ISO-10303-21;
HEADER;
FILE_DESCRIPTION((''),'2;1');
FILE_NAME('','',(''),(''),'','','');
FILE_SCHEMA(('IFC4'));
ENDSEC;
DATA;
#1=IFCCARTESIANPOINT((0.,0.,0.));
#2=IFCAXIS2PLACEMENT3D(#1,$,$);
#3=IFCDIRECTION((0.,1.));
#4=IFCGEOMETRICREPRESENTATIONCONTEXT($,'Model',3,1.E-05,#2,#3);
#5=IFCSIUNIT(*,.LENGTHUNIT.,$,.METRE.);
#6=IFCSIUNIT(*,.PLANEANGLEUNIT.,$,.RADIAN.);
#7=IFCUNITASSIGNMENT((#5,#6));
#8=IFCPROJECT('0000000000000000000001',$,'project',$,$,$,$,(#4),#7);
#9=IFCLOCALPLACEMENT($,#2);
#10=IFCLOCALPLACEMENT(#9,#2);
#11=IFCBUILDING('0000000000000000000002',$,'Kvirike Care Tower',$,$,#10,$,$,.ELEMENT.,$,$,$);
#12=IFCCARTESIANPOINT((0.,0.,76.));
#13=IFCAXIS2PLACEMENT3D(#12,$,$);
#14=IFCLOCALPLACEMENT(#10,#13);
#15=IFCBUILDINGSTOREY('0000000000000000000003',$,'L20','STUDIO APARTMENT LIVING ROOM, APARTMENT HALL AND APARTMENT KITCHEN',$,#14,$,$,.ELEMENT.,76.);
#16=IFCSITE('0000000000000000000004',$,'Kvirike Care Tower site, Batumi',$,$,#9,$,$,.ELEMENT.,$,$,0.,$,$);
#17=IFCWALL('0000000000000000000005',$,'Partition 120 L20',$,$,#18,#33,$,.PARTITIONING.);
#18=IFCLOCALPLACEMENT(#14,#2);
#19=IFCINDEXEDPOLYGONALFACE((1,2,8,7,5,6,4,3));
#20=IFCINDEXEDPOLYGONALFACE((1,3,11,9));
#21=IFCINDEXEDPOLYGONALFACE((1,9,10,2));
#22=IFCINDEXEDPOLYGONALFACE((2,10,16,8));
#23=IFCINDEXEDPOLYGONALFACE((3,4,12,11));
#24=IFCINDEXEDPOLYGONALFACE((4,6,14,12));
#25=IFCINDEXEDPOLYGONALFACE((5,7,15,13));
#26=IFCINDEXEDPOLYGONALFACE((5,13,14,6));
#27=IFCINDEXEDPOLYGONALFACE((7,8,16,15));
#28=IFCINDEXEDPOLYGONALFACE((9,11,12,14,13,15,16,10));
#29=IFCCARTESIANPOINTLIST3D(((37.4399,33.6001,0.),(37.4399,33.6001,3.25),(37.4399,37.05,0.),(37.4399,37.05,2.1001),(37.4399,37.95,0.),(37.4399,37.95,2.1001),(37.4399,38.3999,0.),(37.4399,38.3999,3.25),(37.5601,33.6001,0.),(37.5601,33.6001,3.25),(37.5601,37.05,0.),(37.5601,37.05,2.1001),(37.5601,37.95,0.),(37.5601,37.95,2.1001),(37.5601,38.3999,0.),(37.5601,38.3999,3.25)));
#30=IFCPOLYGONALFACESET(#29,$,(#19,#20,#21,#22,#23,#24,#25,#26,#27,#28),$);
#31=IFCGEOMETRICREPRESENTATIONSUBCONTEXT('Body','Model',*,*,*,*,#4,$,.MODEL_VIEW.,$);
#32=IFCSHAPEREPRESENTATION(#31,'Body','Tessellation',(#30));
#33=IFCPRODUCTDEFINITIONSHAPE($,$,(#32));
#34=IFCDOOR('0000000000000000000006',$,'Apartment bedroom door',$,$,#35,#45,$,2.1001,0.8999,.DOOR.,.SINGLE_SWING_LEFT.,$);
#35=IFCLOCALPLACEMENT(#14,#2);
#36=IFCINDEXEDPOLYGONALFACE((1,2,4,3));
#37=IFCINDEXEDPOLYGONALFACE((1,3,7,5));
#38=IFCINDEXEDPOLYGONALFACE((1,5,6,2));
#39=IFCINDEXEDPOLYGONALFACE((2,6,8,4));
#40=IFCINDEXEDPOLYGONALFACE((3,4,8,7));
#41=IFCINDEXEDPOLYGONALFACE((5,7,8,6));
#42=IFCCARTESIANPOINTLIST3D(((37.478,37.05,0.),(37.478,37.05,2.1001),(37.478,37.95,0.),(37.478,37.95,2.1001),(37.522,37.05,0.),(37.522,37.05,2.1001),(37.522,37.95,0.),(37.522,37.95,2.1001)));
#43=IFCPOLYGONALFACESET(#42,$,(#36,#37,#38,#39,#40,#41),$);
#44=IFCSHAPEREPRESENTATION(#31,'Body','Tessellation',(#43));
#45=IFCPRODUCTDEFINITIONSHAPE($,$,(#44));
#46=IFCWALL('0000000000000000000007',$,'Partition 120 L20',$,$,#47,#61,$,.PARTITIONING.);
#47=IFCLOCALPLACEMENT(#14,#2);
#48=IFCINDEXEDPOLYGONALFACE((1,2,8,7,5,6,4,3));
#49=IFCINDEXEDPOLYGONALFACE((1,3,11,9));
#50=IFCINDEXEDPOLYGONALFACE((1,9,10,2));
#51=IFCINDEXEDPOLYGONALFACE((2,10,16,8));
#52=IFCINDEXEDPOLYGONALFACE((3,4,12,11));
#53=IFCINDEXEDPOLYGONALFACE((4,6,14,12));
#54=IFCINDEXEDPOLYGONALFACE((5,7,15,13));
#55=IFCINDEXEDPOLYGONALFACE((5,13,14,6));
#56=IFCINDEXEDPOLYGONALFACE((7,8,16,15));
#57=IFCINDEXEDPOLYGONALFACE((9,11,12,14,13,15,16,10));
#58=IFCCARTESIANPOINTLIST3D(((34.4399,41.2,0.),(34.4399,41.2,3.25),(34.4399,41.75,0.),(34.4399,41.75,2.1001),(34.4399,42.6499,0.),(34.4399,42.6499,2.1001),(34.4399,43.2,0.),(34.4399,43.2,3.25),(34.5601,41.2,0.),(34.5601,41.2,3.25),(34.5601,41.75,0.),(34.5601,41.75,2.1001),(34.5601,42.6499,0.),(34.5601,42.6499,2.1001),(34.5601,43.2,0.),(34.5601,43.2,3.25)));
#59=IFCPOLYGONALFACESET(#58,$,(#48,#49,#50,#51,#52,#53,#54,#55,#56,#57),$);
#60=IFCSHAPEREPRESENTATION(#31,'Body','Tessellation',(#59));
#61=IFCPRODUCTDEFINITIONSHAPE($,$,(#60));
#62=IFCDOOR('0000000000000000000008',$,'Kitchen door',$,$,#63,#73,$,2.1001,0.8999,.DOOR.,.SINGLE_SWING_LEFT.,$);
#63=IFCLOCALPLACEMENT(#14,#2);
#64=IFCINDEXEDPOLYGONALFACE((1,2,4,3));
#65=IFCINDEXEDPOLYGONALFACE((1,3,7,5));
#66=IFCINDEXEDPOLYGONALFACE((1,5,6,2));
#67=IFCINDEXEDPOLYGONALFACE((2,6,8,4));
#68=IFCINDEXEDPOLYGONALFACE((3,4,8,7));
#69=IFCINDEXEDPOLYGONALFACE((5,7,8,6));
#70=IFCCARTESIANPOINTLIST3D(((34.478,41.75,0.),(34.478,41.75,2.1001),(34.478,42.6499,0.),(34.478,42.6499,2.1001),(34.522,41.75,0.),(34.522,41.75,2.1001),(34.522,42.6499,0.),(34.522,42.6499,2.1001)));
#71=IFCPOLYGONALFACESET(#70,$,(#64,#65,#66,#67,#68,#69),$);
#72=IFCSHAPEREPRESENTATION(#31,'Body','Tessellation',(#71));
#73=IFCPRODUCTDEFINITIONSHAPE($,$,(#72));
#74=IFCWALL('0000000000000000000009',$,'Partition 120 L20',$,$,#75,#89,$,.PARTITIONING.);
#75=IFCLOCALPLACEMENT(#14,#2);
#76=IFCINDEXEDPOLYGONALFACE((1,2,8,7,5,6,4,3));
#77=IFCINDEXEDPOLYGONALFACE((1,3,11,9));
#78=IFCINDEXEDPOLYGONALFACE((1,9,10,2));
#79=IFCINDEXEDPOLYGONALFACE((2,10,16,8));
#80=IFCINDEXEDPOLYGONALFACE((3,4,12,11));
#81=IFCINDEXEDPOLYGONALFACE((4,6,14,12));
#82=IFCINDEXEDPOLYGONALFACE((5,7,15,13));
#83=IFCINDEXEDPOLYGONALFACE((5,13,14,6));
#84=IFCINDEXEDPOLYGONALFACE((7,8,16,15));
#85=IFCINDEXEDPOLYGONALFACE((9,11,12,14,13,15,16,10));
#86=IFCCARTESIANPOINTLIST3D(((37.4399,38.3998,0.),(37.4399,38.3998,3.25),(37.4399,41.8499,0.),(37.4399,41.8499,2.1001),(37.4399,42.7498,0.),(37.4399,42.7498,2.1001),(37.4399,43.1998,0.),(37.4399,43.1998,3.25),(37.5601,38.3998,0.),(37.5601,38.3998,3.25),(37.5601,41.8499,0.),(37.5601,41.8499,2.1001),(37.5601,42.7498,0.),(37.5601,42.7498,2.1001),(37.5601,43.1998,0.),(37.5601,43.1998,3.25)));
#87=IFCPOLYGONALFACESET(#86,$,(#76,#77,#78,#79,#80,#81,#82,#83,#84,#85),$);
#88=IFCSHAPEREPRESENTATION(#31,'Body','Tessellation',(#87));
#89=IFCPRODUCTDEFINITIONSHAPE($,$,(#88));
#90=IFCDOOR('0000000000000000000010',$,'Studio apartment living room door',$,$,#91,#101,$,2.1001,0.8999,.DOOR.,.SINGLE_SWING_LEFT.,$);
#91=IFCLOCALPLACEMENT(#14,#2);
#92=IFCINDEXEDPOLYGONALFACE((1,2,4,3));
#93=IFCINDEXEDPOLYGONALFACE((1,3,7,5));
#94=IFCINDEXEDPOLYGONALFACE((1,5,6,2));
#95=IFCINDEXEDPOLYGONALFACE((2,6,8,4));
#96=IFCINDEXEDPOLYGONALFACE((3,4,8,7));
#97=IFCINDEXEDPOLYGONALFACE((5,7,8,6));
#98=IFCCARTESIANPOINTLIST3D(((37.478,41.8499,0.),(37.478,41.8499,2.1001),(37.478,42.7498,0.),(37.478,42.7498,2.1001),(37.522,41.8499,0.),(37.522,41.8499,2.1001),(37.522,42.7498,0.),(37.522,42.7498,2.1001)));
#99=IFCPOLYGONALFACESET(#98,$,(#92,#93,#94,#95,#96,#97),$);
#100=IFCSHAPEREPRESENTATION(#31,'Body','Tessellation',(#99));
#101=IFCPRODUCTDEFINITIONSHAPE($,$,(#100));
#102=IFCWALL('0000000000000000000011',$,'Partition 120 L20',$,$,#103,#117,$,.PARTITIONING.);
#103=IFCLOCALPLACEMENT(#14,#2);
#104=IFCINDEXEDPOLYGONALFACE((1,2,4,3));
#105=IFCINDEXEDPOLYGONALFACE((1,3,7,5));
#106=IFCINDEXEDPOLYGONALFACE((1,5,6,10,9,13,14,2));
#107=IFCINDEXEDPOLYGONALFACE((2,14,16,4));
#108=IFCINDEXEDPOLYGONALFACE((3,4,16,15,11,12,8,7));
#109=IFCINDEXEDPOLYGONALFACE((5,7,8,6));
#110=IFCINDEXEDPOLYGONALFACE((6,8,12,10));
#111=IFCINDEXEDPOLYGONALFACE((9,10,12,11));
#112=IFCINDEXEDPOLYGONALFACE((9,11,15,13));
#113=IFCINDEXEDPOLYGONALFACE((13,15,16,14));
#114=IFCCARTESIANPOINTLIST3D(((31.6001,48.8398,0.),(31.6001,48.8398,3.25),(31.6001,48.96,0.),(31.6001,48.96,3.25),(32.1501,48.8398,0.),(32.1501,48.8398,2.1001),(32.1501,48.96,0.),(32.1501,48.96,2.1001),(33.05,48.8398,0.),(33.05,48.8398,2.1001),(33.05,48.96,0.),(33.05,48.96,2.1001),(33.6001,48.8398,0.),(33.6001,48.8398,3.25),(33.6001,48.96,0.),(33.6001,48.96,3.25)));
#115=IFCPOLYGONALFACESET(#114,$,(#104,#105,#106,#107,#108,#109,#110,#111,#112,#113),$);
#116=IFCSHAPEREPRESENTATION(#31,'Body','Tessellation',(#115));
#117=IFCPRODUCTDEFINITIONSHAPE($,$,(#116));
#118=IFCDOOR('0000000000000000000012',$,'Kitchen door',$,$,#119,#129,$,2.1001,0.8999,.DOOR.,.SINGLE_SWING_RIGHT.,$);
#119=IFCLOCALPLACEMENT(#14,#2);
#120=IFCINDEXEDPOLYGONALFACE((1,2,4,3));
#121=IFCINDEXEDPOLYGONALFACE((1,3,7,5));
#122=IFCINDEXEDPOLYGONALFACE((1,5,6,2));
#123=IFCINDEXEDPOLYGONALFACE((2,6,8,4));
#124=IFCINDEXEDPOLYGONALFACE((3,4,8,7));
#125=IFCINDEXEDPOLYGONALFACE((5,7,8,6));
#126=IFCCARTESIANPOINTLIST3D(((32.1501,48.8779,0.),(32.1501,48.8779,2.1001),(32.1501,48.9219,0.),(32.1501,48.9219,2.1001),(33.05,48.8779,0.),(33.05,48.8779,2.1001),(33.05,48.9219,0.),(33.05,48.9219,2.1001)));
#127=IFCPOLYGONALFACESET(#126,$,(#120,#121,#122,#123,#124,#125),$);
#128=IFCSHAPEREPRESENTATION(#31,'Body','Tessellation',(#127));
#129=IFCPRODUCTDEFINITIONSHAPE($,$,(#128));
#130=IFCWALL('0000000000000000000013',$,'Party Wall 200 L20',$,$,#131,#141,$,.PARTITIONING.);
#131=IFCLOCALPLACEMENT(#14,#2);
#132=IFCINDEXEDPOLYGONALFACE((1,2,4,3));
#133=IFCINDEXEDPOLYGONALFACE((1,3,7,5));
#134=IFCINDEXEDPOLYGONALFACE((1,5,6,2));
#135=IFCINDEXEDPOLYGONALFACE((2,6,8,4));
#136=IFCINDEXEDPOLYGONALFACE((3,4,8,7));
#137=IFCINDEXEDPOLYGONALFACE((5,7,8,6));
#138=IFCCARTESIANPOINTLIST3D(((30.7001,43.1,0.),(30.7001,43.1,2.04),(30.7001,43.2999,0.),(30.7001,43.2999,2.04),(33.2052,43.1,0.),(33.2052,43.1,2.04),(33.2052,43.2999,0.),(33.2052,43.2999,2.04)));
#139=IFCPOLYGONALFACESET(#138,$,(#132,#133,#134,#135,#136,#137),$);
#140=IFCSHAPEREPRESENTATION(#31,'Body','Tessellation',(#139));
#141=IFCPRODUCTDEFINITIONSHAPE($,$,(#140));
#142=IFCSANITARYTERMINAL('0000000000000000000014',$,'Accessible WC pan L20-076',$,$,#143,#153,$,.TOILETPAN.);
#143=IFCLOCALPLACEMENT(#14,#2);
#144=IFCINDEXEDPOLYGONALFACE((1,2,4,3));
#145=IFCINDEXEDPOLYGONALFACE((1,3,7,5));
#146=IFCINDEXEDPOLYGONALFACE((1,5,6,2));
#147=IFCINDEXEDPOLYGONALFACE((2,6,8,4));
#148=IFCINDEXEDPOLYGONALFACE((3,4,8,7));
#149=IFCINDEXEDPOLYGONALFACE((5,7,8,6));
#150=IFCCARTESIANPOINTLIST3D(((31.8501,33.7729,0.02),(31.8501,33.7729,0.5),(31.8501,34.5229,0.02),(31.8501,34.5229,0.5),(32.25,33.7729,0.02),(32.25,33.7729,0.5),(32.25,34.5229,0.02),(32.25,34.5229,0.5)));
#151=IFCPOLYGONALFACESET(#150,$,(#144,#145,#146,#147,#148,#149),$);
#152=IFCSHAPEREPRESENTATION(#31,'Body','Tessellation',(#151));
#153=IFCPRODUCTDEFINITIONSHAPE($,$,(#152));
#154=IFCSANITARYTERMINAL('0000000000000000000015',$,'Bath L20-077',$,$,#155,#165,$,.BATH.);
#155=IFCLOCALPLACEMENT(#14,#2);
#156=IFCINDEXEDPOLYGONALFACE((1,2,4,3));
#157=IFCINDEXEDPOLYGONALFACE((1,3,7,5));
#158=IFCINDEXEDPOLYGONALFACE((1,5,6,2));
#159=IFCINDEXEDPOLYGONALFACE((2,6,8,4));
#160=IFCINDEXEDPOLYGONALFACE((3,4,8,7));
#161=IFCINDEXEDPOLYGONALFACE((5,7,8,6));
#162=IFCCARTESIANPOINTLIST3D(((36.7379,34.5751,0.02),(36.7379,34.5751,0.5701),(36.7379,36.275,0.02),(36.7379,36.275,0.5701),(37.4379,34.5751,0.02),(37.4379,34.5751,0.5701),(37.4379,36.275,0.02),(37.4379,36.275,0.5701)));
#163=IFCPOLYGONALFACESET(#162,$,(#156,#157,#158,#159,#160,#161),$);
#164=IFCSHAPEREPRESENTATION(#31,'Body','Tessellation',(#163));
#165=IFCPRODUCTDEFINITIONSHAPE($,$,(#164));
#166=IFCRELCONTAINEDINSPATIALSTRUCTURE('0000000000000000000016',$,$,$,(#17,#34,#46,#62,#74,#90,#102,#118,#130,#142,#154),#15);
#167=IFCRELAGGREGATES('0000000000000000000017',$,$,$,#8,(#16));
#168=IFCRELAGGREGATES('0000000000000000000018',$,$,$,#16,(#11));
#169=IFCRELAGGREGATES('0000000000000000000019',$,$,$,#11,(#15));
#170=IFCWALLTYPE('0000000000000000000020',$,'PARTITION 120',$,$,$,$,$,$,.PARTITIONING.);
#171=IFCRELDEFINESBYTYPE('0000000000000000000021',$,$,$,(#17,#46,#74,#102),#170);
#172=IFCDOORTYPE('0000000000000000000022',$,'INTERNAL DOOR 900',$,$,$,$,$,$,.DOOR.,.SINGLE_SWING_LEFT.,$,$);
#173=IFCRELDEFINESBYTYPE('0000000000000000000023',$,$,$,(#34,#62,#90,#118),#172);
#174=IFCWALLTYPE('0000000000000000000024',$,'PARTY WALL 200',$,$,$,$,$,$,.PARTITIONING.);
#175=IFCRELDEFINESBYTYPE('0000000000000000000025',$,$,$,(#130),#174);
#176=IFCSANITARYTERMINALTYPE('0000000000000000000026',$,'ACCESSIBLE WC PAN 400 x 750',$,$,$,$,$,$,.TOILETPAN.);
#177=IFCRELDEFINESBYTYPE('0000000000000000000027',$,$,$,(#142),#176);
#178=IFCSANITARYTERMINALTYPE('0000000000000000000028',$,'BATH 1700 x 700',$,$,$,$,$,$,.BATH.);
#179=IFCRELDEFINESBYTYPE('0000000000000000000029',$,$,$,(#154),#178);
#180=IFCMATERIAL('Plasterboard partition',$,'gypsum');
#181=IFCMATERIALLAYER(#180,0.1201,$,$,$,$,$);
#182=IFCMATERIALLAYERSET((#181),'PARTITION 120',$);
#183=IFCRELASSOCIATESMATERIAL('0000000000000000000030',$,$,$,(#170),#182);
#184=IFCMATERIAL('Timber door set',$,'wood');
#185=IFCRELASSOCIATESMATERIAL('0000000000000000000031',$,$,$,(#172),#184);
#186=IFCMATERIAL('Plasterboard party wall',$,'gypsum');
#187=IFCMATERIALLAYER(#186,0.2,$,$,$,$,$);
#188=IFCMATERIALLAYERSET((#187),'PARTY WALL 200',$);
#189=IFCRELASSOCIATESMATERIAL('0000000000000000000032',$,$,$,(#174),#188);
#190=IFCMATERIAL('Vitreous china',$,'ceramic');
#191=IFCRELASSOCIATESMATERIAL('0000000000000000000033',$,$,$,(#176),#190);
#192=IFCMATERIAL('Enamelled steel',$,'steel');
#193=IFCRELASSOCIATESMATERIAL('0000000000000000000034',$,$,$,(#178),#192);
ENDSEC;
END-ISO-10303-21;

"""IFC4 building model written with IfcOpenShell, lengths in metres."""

from ifc_helpers import new_model, si_unit, direction, frame, frame_2d, origin, origin_2d, place, context, subcontext, project, spatial, rectangle, extrude, material, layer, layer_set, type_object, element, fill, save


model = new_model("IFC4")

# Units and contexts
model_context = context("Model", 3, precision=1e-05, world=origin(), true_north=direction((0.0, 1.0)))
body_context = subcontext(model_context, "Body", "Model", "MODEL_VIEW")
ifc_project = project(units=[si_unit("LENGTHUNIT", "METRE"), si_unit("PLANEANGLEUNIT", "RADIAN")], contexts=[model_context])

# Site, building, storey
site_placement = place(None, origin())
site = spatial("IfcSite", under=ifc_project, at=site_placement, Name="Kvirike Care Tower site, Batumi", CompositionType="ELEMENT", RefElevation=0.0)
building_placement = place(site_placement, origin())
building = spatial("IfcBuilding", under=site, at=building_placement, Name="Kvirike Care Tower", CompositionType="ELEMENT")
storey_placement = place(building_placement, frame((0.0, 0.0, 76.0)))
storey = spatial("IfcBuildingStorey", under=building, at=storey_placement, Name="L20", Description="STUDIO APARTMENT LIVING ROOM, APARTMENT HALL AND APARTMENT KITCHEN", CompositionType="ELEMENT", Elevation=76.0)

# Walls, openings, doors
ifc_material_1 = material(Name="Plasterboard partition", Category="gypsum")
ifc_layer_1 = layer(ifc_material_1, 0.1201)
ifc_layer_set_1 = layer_set([ifc_layer_1], Name="PARTITION 120")
wall_type_1 = type_object("IfcWallType", Name="PARTITION 120", PredefinedType="PARTITIONING", material=ifc_layer_set_1)
wall_1_placement = place(storey_placement, frame((37.5, 33.6001, 0.0), z_axis=(0.0, 0.0, 1.0), x_axis=(0.0, 1.0, 0.0)))
wall_1 = element("IfcWall", 1, at=wall_1_placement, inside=storey, type_object=wall_type_1, Name="Partition 120 L20", PredefinedType="PARTITIONING", context=body_context, shape_type="SweptSolid", body=[
    extrude(rectangle(XDim=4.7998, YDim=0.1201, at=frame_2d((2.3999, 0.0))), origin(), (0.0, 0.0, 1.0), 3.25),
])
opening_1_placement = place(wall_1_placement, frame((3.45, 0.0, 0.0)))
opening_1 = element("IfcOpeningElement", 2, at=opening_1_placement, cuts=wall_1, PredefinedType="OPENING", context=body_context, shape_type="SweptSolid", body=[
    extrude(rectangle(XDim=0.8999, YDim=2.1001, at=frame_2d((0.45, 1.05))), frame((0.0, 0.0706, 0.0), z_axis=(0.0, -1.0, 0.0), x_axis=(1.0, 0.0, 0.0)), (0.0, 0.0, 1.0), 0.1411),
])
ifc_material_2 = material(Name="Timber door set", Category="wood")
door_type_1 = type_object("IfcDoorType", Name="INTERNAL DOOR 900", OperationType="SINGLE_SWING_LEFT", PredefinedType="DOOR", material=ifc_material_2)
door_1_placement = place(opening_1_placement, origin())
door_1 = element("IfcDoor", 3, at=door_1_placement, inside=storey, type_object=door_type_1, Name="Apartment bedroom door", OperationType="SINGLE_SWING_LEFT", OverallHeight=2.1001, OverallWidth=0.8999, PredefinedType="DOOR", context=body_context, shape_type="SweptSolid", body=[
    extrude(rectangle(XDim=0.8999, YDim=2.1001, at=frame_2d((0.45, 1.05))), frame((0.0, 0.022, 0.0), z_axis=(0.0, -1.0, 0.0), x_axis=(1.0, 0.0, 0.0)), (0.0, 0.0, 1.0), 0.0439),
])
fill(opening_1, door_1)
wall_2_placement = place(storey_placement, frame((34.5, 41.2, 0.0), z_axis=(0.0, 0.0, 1.0), x_axis=(0.0, 1.0, 0.0)))
wall_2 = element("IfcWall", 4, at=wall_2_placement, inside=storey, type_object=wall_type_1, Name="Partition 120 L20", PredefinedType="PARTITIONING", context=body_context, shape_type="SweptSolid", body=[
    extrude(rectangle(XDim=2.0, YDim=0.1201, at=frame_2d((1.0, 0.0))), origin(), (0.0, 0.0, 1.0), 3.25),
])
opening_2_placement = place(wall_2_placement, frame((0.55, 0.0, 0.0)))
opening_2 = element("IfcOpeningElement", 5, at=opening_2_placement, cuts=wall_2, PredefinedType="OPENING", context=body_context, shape_type="SweptSolid", body=[
    extrude(rectangle(XDim=0.8999, YDim=2.1001, at=frame_2d((0.45, 1.05))), frame((0.0, 0.0706, 0.0), z_axis=(0.0, -1.0, 0.0), x_axis=(1.0, 0.0, 0.0)), (0.0, 0.0, 1.0), 0.1411),
])
door_2_placement = place(opening_2_placement, frame((0.8999, 0.0, 0.0), z_axis=(0.0, 0.0, 1.0), x_axis=(-1.0, 0.0, 0.0)))
door_2 = element("IfcDoor", 6, at=door_2_placement, inside=storey, type_object=door_type_1, Name="Kitchen door", OperationType="SINGLE_SWING_LEFT", OverallHeight=2.1001, OverallWidth=0.8999, PredefinedType="DOOR", context=body_context, shape_type="SweptSolid", body=[
    extrude(rectangle(XDim=0.8999, YDim=2.1001, at=frame_2d((0.45, 1.05))), frame((0.0, 0.022, 0.0), z_axis=(0.0, -1.0, 0.0), x_axis=(1.0, 0.0, 0.0)), (0.0, 0.0, 1.0), 0.0439),
])
fill(opening_2, door_2)
wall_3_placement = place(storey_placement, frame((37.5, 38.3999, 0.0), z_axis=(0.0, 0.0, 1.0), x_axis=(0.0, 1.0, 0.0)))
wall_3 = element("IfcWall", 7, at=wall_3_placement, inside=storey, type_object=wall_type_1, Name="Partition 120 L20", PredefinedType="PARTITIONING", context=body_context, shape_type="SweptSolid", body=[
    extrude(rectangle(XDim=4.8, YDim=0.1201, at=frame_2d((2.3999, 0.0))), origin(), (0.0, 0.0, 1.0), 3.25),
])
opening_3_placement = place(wall_3_placement, frame((3.45, 0.0, 0.0)))
opening_3 = element("IfcOpeningElement", 8, at=opening_3_placement, cuts=wall_3, PredefinedType="OPENING", context=body_context, shape_type="SweptSolid", body=[
    extrude(rectangle(XDim=0.8999, YDim=2.1001, at=frame_2d((0.45, 1.05))), frame((0.0, 0.0706, 0.0), z_axis=(0.0, -1.0, 0.0), x_axis=(1.0, 0.0, 0.0)), (0.0, 0.0, 1.0), 0.1411),
])
door_3_placement = place(opening_3_placement, origin())
door_3 = element("IfcDoor", 9, at=door_3_placement, inside=storey, type_object=door_type_1, Name="Studio apartment living room door", OperationType="SINGLE_SWING_LEFT", OverallHeight=2.1001, OverallWidth=0.8999, PredefinedType="DOOR", context=body_context, shape_type="SweptSolid", body=[
    extrude(rectangle(XDim=0.8999, YDim=2.1001, at=frame_2d((0.45, 1.05))), frame((0.0, 0.022, 0.0), z_axis=(0.0, -1.0, 0.0), x_axis=(1.0, 0.0, 0.0)), (0.0, 0.0, 1.0), 0.0439),
])
fill(opening_3, door_3)
wall_4_placement = place(storey_placement, frame((33.6001, 48.8999, 0.0), z_axis=(0.0, 0.0, 1.0), x_axis=(-1.0, 0.0, 0.0)))
wall_4 = element("IfcWall", 10, at=wall_4_placement, inside=storey, type_object=wall_type_1, Name="Partition 120 L20", PredefinedType="PARTITIONING", context=body_context, shape_type="SweptSolid", body=[
    extrude(rectangle(XDim=2.0, YDim=0.1201, at=frame_2d((1.0, 0.0))), origin(), (0.0, 0.0, 1.0), 3.25),
])
opening_4_placement = place(wall_4_placement, frame((0.55, 0.0, 0.0)))
opening_4 = element("IfcOpeningElement", 11, at=opening_4_placement, cuts=wall_4, PredefinedType="OPENING", context=body_context, shape_type="SweptSolid", body=[
    extrude(rectangle(XDim=0.8999, YDim=2.1001, at=frame_2d((0.45, 1.05))), frame((0.0, 0.0706, 0.0), z_axis=(0.0, -1.0, 0.0), x_axis=(1.0, 0.0, 0.0)), (0.0, 0.0, 1.0), 0.1411),
])
door_4_placement = place(opening_4_placement, frame((0.8999, 0.0, 0.0), z_axis=(0.0, 0.0, 1.0), x_axis=(-1.0, 0.0, 0.0)))
door_4 = element("IfcDoor", 12, at=door_4_placement, inside=storey, type_object=door_type_1, Name="Kitchen door", OperationType="SINGLE_SWING_RIGHT", OverallHeight=2.1001, OverallWidth=0.8999, PredefinedType="DOOR", context=body_context, shape_type="SweptSolid", body=[
    extrude(rectangle(XDim=0.8999, YDim=2.1001, at=frame_2d((0.45, 1.05))), frame((0.0, 0.022, 0.0), z_axis=(0.0, -1.0, 0.0), x_axis=(1.0, 0.0, 0.0)), (0.0, 0.0, 1.0), 0.0439),
])
fill(opening_4, door_4)

# Wall
ifc_material_3 = material(Name="Plasterboard party wall", Category="gypsum")
ifc_layer_2 = layer(ifc_material_3, 0.2)
ifc_layer_set_2 = layer_set([ifc_layer_2], Name="PARTY WALL 200")
wall_type_2 = type_object("IfcWallType", Name="PARTY WALL 200", PredefinedType="PARTITIONING", material=ifc_layer_set_2)
wall_5_placement = place(storey_placement, frame((33.2051, 43.2, 0.0), z_axis=(0.0, 0.0, 1.0), x_axis=(-1.0, 0.0, 0.0)))
element("IfcWall", 13, at=wall_5_placement, inside=storey, type_object=wall_type_2, Name="Party Wall 200 L20", PredefinedType="PARTITIONING", context=body_context, shape_type="SweptSolid", body=[
    extrude(rectangle(XDim=2.5051, YDim=0.2, at=frame_2d((1.2524, 0.0))), origin(), (0.0, 0.0, 1.0), 2.04),
])

# Sanitary terminals
ifc_material_4 = material(Name="Vitreous china", Category="ceramic")
sanitary_terminal_type_1 = type_object("IfcSanitaryTerminalType", Name="ACCESSIBLE WC PAN 400 x 750", PredefinedType="TOILETPAN", material=ifc_material_4)
sanitary_terminal_1_placement = place(storey_placement, frame((32.05, 34.1479, 0.02), z_axis=(0.0, 0.0, 1.0), x_axis=(1.0, 0.0, 0.0)))
element("IfcSanitaryTerminal", 14, at=sanitary_terminal_1_placement, inside=storey, type_object=sanitary_terminal_type_1, Name="Accessible WC pan L20-076", PredefinedType="TOILETPAN", context=body_context, shape_type="SweptSolid", body=[
    extrude(rectangle(XDim=0.3999, YDim=0.75, at=origin_2d()), origin(), (0.0, 0.0, 1.0), 0.48),
])
ifc_material_5 = material(Name="Enamelled steel", Category="steel")
sanitary_terminal_type_2 = type_object("IfcSanitaryTerminalType", Name="BATH 1700 x 700", PredefinedType="BATH", material=ifc_material_5)
for number, where, z_axis, x_axis, name in (
    (15, (37.0879, 35.425, 0.02), (0.0, 0.0, 1.0), (0.0, -1.0, 0.0), "Bath L20-077"),
):
    element("IfcSanitaryTerminal", number, at=place(storey_placement, frame(where, z_axis=z_axis, x_axis=x_axis)), inside=storey, type_object=sanitary_terminal_type_2, Name=name, PredefinedType="BATH", context=body_context, shape_type="SweptSolid", body=[
        extrude(rectangle(XDim=1.7, YDim=0.7, at=origin_2d()), origin(), (0.0, 0.0, 1.0), 0.55),
    ])

save(model, "model.ifc")
